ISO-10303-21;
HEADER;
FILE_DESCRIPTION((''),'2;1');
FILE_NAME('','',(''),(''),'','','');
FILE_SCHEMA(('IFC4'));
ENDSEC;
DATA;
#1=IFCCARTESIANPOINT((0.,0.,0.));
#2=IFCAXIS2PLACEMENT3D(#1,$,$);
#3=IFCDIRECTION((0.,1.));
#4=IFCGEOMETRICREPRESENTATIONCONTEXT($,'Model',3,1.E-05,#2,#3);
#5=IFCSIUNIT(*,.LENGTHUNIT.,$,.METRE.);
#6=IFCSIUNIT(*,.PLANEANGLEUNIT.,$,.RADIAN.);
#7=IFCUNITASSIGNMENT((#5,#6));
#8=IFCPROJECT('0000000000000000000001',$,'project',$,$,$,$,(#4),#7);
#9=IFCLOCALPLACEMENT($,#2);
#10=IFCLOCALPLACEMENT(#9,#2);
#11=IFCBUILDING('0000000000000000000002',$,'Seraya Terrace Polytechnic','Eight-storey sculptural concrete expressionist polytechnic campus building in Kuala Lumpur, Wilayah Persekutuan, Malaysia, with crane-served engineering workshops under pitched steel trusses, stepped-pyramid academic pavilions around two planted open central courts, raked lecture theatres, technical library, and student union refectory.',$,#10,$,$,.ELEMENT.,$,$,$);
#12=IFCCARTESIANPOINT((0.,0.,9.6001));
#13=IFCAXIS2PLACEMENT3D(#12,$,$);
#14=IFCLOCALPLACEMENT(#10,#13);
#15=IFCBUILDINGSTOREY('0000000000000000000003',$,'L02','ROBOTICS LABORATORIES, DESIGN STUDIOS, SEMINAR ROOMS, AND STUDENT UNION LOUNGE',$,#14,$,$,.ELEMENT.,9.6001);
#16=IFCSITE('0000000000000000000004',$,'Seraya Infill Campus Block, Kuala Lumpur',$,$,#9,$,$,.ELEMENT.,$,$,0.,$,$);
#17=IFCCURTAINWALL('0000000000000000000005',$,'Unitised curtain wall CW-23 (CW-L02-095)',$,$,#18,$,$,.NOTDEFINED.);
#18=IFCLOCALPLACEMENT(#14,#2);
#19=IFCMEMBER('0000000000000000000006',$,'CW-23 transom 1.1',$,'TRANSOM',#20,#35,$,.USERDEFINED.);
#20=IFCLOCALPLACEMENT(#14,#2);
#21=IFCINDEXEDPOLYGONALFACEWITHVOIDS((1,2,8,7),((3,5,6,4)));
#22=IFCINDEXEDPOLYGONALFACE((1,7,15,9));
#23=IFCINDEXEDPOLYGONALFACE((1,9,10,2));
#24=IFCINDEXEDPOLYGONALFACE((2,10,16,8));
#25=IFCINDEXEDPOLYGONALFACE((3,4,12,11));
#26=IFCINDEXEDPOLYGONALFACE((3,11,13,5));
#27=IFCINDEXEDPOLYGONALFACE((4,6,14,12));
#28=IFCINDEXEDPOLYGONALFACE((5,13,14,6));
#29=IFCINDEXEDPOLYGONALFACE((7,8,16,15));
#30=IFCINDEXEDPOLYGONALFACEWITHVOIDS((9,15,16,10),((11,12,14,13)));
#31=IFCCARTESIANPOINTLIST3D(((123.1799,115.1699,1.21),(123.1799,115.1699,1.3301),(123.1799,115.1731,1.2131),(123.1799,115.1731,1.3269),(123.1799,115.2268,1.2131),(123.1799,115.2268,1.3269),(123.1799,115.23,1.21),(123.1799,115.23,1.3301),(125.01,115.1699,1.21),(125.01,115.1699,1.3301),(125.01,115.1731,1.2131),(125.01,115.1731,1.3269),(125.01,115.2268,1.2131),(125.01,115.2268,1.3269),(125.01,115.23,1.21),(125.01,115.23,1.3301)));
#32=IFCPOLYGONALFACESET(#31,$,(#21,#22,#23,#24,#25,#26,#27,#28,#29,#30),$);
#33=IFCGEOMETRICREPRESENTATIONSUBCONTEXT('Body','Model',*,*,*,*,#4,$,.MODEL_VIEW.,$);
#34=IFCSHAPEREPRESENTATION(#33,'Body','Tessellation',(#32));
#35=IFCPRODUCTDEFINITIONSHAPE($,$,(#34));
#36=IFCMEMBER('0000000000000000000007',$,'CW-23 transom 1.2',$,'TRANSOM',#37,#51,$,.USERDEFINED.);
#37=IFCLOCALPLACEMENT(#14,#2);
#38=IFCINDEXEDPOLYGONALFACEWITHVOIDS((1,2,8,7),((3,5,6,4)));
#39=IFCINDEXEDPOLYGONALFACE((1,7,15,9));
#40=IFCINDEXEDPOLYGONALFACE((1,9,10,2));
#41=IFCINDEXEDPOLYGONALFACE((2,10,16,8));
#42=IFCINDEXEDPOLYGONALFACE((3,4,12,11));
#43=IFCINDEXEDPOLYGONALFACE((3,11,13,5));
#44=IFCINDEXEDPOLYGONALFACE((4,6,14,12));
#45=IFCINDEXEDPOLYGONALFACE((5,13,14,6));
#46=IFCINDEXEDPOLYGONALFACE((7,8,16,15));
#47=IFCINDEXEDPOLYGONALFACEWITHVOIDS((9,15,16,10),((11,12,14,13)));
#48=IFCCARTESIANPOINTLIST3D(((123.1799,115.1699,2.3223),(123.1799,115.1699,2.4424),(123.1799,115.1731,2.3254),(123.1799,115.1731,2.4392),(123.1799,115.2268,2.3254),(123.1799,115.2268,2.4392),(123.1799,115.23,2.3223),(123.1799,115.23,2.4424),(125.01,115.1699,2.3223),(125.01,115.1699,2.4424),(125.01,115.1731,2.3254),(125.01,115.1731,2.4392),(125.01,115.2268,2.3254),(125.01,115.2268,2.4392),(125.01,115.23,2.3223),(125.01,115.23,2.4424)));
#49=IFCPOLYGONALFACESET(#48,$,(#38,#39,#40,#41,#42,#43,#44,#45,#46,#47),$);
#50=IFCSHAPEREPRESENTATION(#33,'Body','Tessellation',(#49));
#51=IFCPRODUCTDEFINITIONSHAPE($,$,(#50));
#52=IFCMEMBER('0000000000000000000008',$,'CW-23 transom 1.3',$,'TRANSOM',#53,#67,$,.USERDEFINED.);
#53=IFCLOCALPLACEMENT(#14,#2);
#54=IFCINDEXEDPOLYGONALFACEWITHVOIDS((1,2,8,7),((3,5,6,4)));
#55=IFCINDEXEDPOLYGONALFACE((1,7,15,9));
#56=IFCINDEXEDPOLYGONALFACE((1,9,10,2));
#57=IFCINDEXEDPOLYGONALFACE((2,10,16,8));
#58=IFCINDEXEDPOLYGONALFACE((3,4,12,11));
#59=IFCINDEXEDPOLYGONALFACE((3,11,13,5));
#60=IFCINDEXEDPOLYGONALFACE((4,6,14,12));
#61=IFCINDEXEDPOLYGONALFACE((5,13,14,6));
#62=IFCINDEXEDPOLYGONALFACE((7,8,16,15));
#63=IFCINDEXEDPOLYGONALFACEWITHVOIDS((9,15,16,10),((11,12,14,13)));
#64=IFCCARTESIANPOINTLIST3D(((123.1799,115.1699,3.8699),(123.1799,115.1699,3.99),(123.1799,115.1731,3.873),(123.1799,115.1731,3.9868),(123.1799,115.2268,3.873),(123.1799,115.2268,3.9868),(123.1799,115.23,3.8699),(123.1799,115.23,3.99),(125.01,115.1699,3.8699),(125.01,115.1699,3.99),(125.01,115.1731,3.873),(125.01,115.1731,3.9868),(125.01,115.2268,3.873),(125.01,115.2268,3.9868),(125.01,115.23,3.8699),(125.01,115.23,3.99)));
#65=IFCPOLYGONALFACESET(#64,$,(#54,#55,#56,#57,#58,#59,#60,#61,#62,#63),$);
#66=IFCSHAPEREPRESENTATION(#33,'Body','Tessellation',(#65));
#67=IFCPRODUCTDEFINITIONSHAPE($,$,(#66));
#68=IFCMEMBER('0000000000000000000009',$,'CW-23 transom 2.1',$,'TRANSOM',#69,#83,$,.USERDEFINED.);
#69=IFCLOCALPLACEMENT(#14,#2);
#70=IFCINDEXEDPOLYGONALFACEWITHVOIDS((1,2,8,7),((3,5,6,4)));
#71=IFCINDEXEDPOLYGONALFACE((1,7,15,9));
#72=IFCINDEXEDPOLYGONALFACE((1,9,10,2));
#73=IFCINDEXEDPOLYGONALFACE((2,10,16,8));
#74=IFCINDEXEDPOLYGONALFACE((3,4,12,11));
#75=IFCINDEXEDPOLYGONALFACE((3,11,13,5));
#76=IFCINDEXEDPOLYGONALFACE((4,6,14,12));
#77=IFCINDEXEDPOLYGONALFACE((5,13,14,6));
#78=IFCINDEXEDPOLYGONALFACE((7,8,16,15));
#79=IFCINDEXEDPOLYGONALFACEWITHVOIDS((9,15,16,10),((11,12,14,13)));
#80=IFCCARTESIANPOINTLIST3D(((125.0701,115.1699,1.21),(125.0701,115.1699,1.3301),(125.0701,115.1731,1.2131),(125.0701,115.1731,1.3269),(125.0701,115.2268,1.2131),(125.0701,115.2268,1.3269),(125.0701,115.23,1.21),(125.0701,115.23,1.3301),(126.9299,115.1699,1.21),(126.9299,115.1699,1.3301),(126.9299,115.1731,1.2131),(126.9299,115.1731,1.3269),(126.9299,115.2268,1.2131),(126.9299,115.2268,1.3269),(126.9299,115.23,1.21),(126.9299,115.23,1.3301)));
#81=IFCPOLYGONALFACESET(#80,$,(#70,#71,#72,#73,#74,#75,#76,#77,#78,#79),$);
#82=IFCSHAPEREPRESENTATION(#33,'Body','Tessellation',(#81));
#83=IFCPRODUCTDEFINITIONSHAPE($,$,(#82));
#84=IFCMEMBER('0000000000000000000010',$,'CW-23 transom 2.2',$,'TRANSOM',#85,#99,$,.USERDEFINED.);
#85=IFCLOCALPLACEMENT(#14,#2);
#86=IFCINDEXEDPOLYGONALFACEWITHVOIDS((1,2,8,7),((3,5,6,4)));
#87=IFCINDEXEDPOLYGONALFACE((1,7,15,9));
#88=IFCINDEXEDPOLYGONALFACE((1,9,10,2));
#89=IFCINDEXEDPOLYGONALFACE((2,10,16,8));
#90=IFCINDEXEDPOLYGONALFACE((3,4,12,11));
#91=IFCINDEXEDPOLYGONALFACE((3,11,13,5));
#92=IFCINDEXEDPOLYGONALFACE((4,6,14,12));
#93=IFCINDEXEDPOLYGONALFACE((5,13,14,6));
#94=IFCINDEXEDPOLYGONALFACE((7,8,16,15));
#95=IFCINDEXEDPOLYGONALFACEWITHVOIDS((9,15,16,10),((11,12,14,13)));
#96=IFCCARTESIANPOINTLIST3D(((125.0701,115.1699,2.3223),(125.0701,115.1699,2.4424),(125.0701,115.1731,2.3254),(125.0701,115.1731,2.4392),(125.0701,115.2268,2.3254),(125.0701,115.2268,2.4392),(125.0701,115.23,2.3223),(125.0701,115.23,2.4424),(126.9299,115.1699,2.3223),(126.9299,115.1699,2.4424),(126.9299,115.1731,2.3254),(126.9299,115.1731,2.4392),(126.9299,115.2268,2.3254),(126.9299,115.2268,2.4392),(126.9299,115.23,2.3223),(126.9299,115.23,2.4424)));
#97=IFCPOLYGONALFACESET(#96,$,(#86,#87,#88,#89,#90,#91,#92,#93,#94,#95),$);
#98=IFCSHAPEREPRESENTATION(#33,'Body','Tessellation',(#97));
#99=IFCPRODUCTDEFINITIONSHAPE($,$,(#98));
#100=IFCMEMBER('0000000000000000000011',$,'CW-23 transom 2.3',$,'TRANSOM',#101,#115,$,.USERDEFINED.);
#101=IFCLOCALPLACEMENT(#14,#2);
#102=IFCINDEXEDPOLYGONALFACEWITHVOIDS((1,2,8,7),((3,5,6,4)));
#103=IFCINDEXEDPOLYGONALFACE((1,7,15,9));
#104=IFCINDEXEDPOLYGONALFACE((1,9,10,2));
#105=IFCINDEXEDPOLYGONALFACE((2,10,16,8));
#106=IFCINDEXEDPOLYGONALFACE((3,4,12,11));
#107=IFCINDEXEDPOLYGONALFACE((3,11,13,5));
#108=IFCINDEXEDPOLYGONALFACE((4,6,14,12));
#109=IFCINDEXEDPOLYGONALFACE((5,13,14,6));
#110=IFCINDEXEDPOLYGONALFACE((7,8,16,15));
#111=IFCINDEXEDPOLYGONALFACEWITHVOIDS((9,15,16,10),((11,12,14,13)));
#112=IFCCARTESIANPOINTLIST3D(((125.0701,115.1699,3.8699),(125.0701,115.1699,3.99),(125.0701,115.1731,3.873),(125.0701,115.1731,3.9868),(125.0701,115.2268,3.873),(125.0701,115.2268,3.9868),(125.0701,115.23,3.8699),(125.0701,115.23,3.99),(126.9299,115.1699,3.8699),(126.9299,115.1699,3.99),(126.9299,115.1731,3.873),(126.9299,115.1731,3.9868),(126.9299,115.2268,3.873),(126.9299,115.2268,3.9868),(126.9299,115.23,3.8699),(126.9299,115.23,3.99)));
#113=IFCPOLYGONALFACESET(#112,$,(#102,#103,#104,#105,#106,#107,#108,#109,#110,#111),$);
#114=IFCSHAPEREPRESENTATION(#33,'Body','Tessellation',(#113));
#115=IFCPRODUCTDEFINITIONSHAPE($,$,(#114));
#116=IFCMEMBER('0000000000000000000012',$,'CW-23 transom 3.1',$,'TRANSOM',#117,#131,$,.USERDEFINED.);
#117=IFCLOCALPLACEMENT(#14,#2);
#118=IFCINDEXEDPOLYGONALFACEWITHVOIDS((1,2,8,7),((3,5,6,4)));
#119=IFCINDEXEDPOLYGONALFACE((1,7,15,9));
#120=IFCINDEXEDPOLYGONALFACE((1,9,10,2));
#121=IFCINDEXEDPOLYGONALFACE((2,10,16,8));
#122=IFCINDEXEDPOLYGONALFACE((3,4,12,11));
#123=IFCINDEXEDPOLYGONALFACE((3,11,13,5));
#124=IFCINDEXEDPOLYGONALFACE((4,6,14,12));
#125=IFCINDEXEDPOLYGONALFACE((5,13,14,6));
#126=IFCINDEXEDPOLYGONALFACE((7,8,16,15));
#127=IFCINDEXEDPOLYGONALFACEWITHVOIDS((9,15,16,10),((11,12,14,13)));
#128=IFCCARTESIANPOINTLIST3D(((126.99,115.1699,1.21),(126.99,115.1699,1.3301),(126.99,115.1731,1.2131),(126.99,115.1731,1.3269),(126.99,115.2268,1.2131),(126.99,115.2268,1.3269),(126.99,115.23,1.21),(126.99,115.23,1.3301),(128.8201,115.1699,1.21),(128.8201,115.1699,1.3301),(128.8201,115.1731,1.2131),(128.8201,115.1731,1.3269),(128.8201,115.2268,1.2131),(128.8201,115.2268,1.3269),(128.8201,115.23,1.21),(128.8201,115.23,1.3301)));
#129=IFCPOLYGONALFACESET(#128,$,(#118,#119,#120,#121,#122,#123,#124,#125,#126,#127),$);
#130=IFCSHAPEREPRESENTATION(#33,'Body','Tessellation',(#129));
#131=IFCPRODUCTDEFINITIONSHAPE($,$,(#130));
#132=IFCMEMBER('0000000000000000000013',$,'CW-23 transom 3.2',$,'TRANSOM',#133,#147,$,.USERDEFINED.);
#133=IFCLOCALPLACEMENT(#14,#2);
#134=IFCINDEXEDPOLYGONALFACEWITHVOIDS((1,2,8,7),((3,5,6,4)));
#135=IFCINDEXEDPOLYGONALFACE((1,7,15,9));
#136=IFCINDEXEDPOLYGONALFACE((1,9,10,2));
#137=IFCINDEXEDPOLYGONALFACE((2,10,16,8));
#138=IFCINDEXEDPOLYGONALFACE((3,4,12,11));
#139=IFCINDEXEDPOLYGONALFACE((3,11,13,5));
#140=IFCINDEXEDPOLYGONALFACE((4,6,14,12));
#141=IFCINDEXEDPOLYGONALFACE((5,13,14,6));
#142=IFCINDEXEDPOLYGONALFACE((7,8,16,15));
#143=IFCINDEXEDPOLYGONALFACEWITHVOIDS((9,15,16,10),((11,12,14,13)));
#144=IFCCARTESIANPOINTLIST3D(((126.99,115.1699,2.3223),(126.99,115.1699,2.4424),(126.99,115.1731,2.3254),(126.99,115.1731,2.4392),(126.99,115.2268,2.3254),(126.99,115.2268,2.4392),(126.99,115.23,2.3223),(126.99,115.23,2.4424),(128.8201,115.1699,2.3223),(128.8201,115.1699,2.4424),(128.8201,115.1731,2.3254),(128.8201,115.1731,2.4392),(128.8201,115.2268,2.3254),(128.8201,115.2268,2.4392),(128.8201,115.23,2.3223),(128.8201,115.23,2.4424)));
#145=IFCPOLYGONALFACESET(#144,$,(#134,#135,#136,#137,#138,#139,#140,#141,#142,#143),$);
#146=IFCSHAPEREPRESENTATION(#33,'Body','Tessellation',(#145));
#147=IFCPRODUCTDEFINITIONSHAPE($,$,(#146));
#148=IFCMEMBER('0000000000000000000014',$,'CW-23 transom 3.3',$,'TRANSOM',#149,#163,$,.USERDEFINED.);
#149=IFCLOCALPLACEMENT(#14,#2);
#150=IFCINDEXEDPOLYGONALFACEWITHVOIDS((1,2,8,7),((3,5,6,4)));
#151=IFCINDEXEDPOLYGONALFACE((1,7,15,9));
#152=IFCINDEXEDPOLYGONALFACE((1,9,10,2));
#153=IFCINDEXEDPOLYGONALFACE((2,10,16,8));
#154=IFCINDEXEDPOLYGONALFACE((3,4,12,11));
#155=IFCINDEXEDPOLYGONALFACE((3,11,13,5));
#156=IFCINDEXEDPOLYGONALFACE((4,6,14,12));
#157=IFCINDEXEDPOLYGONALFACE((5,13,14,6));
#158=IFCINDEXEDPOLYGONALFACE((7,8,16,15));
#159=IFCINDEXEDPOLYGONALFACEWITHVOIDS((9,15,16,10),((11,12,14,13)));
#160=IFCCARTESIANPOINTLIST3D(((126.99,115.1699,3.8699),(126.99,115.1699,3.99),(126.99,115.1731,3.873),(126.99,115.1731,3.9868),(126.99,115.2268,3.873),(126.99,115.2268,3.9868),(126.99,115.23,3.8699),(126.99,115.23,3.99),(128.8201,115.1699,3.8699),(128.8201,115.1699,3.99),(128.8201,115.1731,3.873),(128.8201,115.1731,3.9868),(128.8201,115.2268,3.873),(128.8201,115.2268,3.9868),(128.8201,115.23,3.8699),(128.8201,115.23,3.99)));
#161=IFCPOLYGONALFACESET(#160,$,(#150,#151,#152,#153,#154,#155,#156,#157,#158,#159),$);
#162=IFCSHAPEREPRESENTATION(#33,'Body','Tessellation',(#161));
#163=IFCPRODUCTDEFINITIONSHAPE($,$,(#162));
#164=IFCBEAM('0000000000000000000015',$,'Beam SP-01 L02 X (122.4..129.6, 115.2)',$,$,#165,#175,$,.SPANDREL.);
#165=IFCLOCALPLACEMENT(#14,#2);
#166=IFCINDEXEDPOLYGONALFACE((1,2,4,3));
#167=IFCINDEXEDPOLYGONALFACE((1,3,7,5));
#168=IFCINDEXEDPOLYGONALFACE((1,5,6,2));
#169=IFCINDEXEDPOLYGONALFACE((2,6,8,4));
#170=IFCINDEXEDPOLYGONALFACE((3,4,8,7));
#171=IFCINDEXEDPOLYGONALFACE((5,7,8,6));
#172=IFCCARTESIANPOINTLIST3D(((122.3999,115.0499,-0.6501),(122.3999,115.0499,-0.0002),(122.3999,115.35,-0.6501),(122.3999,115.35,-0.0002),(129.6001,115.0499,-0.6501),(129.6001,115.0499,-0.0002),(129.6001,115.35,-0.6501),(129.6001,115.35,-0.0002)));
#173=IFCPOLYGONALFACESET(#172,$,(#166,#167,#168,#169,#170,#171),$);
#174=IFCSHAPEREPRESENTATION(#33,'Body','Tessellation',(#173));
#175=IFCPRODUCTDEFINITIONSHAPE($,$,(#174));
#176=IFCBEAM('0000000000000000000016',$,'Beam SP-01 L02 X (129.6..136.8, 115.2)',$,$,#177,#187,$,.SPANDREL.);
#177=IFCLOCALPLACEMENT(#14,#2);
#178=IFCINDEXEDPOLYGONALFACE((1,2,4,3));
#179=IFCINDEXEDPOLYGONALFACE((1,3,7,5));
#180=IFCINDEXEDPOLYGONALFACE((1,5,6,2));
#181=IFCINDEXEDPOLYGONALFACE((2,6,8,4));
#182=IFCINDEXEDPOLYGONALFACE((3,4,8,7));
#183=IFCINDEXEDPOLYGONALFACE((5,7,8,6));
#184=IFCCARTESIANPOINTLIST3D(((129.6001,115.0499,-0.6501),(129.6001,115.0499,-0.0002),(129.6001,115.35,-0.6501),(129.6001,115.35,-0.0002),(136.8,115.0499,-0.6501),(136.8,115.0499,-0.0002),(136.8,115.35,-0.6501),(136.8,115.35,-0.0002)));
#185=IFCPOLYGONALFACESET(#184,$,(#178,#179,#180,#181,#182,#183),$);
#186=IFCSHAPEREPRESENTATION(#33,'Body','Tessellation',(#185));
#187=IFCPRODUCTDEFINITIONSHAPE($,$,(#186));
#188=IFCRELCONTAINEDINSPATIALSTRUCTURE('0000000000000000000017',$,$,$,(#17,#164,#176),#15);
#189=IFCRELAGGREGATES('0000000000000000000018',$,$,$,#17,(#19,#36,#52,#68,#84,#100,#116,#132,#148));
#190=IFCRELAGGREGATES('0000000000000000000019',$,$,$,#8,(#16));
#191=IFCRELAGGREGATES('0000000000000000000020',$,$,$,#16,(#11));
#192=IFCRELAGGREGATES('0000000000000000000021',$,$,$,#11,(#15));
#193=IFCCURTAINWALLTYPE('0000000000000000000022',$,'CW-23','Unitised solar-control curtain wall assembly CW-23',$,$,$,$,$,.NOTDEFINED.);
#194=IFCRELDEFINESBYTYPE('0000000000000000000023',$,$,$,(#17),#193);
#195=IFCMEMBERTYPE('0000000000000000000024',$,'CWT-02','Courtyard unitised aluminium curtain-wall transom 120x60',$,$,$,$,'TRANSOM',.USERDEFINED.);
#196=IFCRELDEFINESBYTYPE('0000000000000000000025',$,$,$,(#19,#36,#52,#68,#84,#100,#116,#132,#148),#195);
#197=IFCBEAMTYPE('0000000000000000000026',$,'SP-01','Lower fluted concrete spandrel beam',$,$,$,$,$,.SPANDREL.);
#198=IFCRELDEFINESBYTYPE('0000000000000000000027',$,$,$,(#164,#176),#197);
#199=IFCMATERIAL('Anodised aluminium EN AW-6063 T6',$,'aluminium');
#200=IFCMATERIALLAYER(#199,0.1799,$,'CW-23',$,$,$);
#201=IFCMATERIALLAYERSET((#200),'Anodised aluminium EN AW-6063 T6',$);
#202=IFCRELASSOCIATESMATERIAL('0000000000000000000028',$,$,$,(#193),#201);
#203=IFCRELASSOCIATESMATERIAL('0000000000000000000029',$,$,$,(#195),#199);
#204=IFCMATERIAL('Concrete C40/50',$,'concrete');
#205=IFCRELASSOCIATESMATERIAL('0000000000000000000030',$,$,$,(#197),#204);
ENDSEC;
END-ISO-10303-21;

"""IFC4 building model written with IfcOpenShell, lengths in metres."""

from ifc_helpers import new_model, si_unit, direction, frame, origin, origin_2d, place, context, subcontext, project, spatial, rectangle, hollow_rectangle, extrude, material, layer, layer_set, material_profile, profile_set, type_object, element, aggregate, save


model = new_model("IFC4")

# Units and contexts
model_context = context("Model", 3, precision=1e-05, world=origin(), true_north=direction((0.0, 1.0)))
body_context = subcontext(model_context, "Body", "Model", "MODEL_VIEW")
ifc_project = project(units=[si_unit("LENGTHUNIT", "METRE"), si_unit("PLANEANGLEUNIT", "RADIAN")], contexts=[model_context])

# Site, building, storey
site_placement = place(None, origin())
site = spatial("IfcSite", under=ifc_project, at=site_placement, Name="Seraya Infill Campus Block, Kuala Lumpur", CompositionType="ELEMENT", RefElevation=0.0)
building_placement = place(site_placement, origin())
building = spatial("IfcBuilding", under=site, at=building_placement, Name="Seraya Terrace Polytechnic", Description="Eight-storey sculptural concrete expressionist polytechnic campus building in Kuala Lumpur, Wilayah Persekutuan, Malaysia, with crane-served engineering workshops under pitched steel trusses, stepped-pyramid academic pavilions around two planted open central courts, raked lecture theatres, technical library, and student union refectory.", CompositionType="ELEMENT")
storey_placement = place(building_placement, frame((0.0, 0.0, 9.6001)))
storey = spatial("IfcBuildingStorey", under=building, at=storey_placement, Name="L02", Description="ROBOTICS LABORATORIES, DESIGN STUDIOS, SEMINAR ROOMS, AND STUDENT UNION LOUNGE", CompositionType="ELEMENT", Elevation=9.6001)

# Shared definitions
ifc_material_1 = material(Name="Concrete C40/50", Category="concrete")

# Curtain wall, members
ifc_material_2 = material(Name="Anodised aluminium EN AW-6063 T6", Category="aluminium")
ifc_layer_1 = layer(ifc_material_2, 0.1799, Name="CW-23")
ifc_layer_set_1 = layer_set([ifc_layer_1], Name="Anodised aluminium EN AW-6063 T6")
curtain_wall_type = type_object("IfcCurtainWallType", Name="CW-23", Description="Unitised solar-control curtain wall assembly CW-23", PredefinedType="NOTDEFINED", material=ifc_layer_set_1)
curtain_wall_placement = place(storey_placement, origin())
curtain_wall = element("IfcCurtainWall", 1, at=curtain_wall_placement, inside=storey, type_object=curtain_wall_type, Name="Unitised curtain wall CW-23 (CW-L02-095)", PredefinedType="NOTDEFINED")
ifc_material_profile_1 = material_profile(ifc_material_2, hollow_rectangle(XDim=0.0601, YDim=0.1201, WallThickness=0.0032, at=origin_2d()), Name="RHS 120x60x3.2")
ifc_profile_set_1 = profile_set([ifc_material_profile_1], Name="Anodised aluminium EN AW-6063 T6")
member_type_1 = type_object("IfcMemberType", Name="CWT-02", Description="Courtyard unitised aluminium curtain-wall transom 120x60", ElementType="TRANSOM", PredefinedType="USERDEFINED", material=ifc_profile_set_1)
member_1_placement = place(storey_placement, frame((123.1799, 115.2, 1.27), z_axis=(1.0, 0.0, 0.0), x_axis=(0.0, 1.0, 0.0)))
member_1 = element("IfcMember", 2, at=member_1_placement, type_object=member_type_1, Name="CW-23 transom 1.1", ObjectType="TRANSOM", PredefinedType="USERDEFINED", context=body_context, shape_type="SweptSolid", body=[
    extrude(hollow_rectangle(XDim=0.0601, YDim=0.1201, WallThickness=0.0032, at=origin_2d()), origin(), (0.0, 0.0, 1.0), 1.8301),
])
member_2_placement = place(storey_placement, frame((123.1799, 115.2, 2.3823), z_axis=(1.0, 0.0, 0.0), x_axis=(0.0, 1.0, 0.0)))
member_2 = element("IfcMember", 3, at=member_2_placement, type_object=member_type_1, Name="CW-23 transom 1.2", ObjectType="TRANSOM", PredefinedType="USERDEFINED", context=body_context, shape_type="SweptSolid", body=[
    extrude(hollow_rectangle(XDim=0.0601, YDim=0.1201, WallThickness=0.0032, at=origin_2d()), origin(), (0.0, 0.0, 1.0), 1.8301),
])
member_3_placement = place(storey_placement, frame((123.1799, 115.2, 3.9299), z_axis=(1.0, 0.0, 0.0), x_axis=(0.0, 1.0, 0.0)))
member_3 = element("IfcMember", 4, at=member_3_placement, type_object=member_type_1, Name="CW-23 transom 1.3", ObjectType="TRANSOM", PredefinedType="USERDEFINED", context=body_context, shape_type="SweptSolid", body=[
    extrude(hollow_rectangle(XDim=0.0601, YDim=0.1201, WallThickness=0.0032, at=origin_2d()), origin(), (0.0, 0.0, 1.0), 1.8301),
])
member_4_placement = place(storey_placement, frame((125.0701, 115.2, 1.27), z_axis=(1.0, 0.0, 0.0), x_axis=(0.0, 1.0, 0.0)))
member_4 = element("IfcMember", 5, at=member_4_placement, type_object=member_type_1, Name="CW-23 transom 2.1", ObjectType="TRANSOM", PredefinedType="USERDEFINED", context=body_context, shape_type="SweptSolid", body=[
    extrude(hollow_rectangle(XDim=0.0601, YDim=0.1201, WallThickness=0.0032, at=origin_2d()), origin(), (0.0, 0.0, 1.0), 1.8599),
])
member_5_placement = place(storey_placement, frame((125.0701, 115.2, 2.3823), z_axis=(1.0, 0.0, 0.0), x_axis=(0.0, 1.0, 0.0)))
member_5 = element("IfcMember", 6, at=member_5_placement, type_object=member_type_1, Name="CW-23 transom 2.2", ObjectType="TRANSOM", PredefinedType="USERDEFINED", context=body_context, shape_type="SweptSolid", body=[
    extrude(hollow_rectangle(XDim=0.0601, YDim=0.1201, WallThickness=0.0032, at=origin_2d()), origin(), (0.0, 0.0, 1.0), 1.8599),
])
member_6_placement = place(storey_placement, frame((125.0701, 115.2, 3.9299), z_axis=(1.0, 0.0, 0.0), x_axis=(0.0, 1.0, 0.0)))
member_6 = element("IfcMember", 7, at=member_6_placement, type_object=member_type_1, Name="CW-23 transom 2.3", ObjectType="TRANSOM", PredefinedType="USERDEFINED", context=body_context, shape_type="SweptSolid", body=[
    extrude(hollow_rectangle(XDim=0.0601, YDim=0.1201, WallThickness=0.0032, at=origin_2d()), origin(), (0.0, 0.0, 1.0), 1.8599),
])
member_7_placement = place(storey_placement, frame((126.99, 115.2, 1.27), z_axis=(1.0, 0.0, 0.0), x_axis=(0.0, 1.0, 0.0)))
member_7 = element("IfcMember", 8, at=member_7_placement, type_object=member_type_1, Name="CW-23 transom 3.1", ObjectType="TRANSOM", PredefinedType="USERDEFINED", context=body_context, shape_type="SweptSolid", body=[
    extrude(hollow_rectangle(XDim=0.0601, YDim=0.1201, WallThickness=0.0032, at=origin_2d()), origin(), (0.0, 0.0, 1.0), 1.8301),
])
member_8_placement = place(storey_placement, frame((126.99, 115.2, 2.3823), z_axis=(1.0, 0.0, 0.0), x_axis=(0.0, 1.0, 0.0)))
member_8 = element("IfcMember", 9, at=member_8_placement, type_object=member_type_1, Name="CW-23 transom 3.2", ObjectType="TRANSOM", PredefinedType="USERDEFINED", context=body_context, shape_type="SweptSolid", body=[
    extrude(hollow_rectangle(XDim=0.0601, YDim=0.1201, WallThickness=0.0032, at=origin_2d()), origin(), (0.0, 0.0, 1.0), 1.8301),
])
member_9_placement = place(storey_placement, frame((126.99, 115.2, 3.9299), z_axis=(1.0, 0.0, 0.0), x_axis=(0.0, 1.0, 0.0)))
member_9 = element("IfcMember", 10, at=member_9_placement, type_object=member_type_1, Name="CW-23 transom 3.3", ObjectType="TRANSOM", PredefinedType="USERDEFINED", context=body_context, shape_type="SweptSolid", body=[
    extrude(hollow_rectangle(XDim=0.0601, YDim=0.1201, WallThickness=0.0032, at=origin_2d()), origin(), (0.0, 0.0, 1.0), 1.8301),
])

# Beams
ifc_material_profile_2 = material_profile(ifc_material_1, rectangle(XDim=0.3, YDim=0.6499, at=origin_2d()), Name="RC 300x650")
ifc_profile_set_2 = profile_set([ifc_material_profile_2], Name="Concrete C40/50")
beam_type_1 = type_object("IfcBeamType", Name="SP-01", Description="Lower fluted concrete spandrel beam", PredefinedType="SPANDREL", material=ifc_profile_set_2)
beam_1_placement = place(storey_placement, frame((122.3999, 115.2, -0.3252), z_axis=(1.0, 0.0, 0.0), x_axis=(0.0, 1.0, 0.0)))
element("IfcBeam", 11, at=beam_1_placement, inside=storey, type_object=beam_type_1, Name="Beam SP-01 L02 X (122.4..129.6, 115.2)", PredefinedType="SPANDREL", context=body_context, shape_type="SweptSolid", body=[
    extrude(rectangle(XDim=0.3, YDim=0.6499, at=origin_2d()), origin(), (0.0, 0.0, 1.0), 7.2002),
])
beam_2_placement = place(storey_placement, frame((129.6001, 115.2, -0.3252), z_axis=(1.0, 0.0, 0.0), x_axis=(0.0, 1.0, 0.0)))
element("IfcBeam", 12, at=beam_2_placement, inside=storey, type_object=beam_type_1, Name="Beam SP-01 L02 X (129.6..136.8, 115.2)", PredefinedType="SPANDREL", context=body_context, shape_type="SweptSolid", body=[
    extrude(rectangle(XDim=0.3, YDim=0.6499, at=origin_2d()), origin(), (0.0, 0.0, 1.0), 7.2),
])

aggregate(curtain_wall, [member_1, member_2, member_3, member_4, member_5, member_6, member_7, member_8, member_9])

save(model, "model.ifc")
